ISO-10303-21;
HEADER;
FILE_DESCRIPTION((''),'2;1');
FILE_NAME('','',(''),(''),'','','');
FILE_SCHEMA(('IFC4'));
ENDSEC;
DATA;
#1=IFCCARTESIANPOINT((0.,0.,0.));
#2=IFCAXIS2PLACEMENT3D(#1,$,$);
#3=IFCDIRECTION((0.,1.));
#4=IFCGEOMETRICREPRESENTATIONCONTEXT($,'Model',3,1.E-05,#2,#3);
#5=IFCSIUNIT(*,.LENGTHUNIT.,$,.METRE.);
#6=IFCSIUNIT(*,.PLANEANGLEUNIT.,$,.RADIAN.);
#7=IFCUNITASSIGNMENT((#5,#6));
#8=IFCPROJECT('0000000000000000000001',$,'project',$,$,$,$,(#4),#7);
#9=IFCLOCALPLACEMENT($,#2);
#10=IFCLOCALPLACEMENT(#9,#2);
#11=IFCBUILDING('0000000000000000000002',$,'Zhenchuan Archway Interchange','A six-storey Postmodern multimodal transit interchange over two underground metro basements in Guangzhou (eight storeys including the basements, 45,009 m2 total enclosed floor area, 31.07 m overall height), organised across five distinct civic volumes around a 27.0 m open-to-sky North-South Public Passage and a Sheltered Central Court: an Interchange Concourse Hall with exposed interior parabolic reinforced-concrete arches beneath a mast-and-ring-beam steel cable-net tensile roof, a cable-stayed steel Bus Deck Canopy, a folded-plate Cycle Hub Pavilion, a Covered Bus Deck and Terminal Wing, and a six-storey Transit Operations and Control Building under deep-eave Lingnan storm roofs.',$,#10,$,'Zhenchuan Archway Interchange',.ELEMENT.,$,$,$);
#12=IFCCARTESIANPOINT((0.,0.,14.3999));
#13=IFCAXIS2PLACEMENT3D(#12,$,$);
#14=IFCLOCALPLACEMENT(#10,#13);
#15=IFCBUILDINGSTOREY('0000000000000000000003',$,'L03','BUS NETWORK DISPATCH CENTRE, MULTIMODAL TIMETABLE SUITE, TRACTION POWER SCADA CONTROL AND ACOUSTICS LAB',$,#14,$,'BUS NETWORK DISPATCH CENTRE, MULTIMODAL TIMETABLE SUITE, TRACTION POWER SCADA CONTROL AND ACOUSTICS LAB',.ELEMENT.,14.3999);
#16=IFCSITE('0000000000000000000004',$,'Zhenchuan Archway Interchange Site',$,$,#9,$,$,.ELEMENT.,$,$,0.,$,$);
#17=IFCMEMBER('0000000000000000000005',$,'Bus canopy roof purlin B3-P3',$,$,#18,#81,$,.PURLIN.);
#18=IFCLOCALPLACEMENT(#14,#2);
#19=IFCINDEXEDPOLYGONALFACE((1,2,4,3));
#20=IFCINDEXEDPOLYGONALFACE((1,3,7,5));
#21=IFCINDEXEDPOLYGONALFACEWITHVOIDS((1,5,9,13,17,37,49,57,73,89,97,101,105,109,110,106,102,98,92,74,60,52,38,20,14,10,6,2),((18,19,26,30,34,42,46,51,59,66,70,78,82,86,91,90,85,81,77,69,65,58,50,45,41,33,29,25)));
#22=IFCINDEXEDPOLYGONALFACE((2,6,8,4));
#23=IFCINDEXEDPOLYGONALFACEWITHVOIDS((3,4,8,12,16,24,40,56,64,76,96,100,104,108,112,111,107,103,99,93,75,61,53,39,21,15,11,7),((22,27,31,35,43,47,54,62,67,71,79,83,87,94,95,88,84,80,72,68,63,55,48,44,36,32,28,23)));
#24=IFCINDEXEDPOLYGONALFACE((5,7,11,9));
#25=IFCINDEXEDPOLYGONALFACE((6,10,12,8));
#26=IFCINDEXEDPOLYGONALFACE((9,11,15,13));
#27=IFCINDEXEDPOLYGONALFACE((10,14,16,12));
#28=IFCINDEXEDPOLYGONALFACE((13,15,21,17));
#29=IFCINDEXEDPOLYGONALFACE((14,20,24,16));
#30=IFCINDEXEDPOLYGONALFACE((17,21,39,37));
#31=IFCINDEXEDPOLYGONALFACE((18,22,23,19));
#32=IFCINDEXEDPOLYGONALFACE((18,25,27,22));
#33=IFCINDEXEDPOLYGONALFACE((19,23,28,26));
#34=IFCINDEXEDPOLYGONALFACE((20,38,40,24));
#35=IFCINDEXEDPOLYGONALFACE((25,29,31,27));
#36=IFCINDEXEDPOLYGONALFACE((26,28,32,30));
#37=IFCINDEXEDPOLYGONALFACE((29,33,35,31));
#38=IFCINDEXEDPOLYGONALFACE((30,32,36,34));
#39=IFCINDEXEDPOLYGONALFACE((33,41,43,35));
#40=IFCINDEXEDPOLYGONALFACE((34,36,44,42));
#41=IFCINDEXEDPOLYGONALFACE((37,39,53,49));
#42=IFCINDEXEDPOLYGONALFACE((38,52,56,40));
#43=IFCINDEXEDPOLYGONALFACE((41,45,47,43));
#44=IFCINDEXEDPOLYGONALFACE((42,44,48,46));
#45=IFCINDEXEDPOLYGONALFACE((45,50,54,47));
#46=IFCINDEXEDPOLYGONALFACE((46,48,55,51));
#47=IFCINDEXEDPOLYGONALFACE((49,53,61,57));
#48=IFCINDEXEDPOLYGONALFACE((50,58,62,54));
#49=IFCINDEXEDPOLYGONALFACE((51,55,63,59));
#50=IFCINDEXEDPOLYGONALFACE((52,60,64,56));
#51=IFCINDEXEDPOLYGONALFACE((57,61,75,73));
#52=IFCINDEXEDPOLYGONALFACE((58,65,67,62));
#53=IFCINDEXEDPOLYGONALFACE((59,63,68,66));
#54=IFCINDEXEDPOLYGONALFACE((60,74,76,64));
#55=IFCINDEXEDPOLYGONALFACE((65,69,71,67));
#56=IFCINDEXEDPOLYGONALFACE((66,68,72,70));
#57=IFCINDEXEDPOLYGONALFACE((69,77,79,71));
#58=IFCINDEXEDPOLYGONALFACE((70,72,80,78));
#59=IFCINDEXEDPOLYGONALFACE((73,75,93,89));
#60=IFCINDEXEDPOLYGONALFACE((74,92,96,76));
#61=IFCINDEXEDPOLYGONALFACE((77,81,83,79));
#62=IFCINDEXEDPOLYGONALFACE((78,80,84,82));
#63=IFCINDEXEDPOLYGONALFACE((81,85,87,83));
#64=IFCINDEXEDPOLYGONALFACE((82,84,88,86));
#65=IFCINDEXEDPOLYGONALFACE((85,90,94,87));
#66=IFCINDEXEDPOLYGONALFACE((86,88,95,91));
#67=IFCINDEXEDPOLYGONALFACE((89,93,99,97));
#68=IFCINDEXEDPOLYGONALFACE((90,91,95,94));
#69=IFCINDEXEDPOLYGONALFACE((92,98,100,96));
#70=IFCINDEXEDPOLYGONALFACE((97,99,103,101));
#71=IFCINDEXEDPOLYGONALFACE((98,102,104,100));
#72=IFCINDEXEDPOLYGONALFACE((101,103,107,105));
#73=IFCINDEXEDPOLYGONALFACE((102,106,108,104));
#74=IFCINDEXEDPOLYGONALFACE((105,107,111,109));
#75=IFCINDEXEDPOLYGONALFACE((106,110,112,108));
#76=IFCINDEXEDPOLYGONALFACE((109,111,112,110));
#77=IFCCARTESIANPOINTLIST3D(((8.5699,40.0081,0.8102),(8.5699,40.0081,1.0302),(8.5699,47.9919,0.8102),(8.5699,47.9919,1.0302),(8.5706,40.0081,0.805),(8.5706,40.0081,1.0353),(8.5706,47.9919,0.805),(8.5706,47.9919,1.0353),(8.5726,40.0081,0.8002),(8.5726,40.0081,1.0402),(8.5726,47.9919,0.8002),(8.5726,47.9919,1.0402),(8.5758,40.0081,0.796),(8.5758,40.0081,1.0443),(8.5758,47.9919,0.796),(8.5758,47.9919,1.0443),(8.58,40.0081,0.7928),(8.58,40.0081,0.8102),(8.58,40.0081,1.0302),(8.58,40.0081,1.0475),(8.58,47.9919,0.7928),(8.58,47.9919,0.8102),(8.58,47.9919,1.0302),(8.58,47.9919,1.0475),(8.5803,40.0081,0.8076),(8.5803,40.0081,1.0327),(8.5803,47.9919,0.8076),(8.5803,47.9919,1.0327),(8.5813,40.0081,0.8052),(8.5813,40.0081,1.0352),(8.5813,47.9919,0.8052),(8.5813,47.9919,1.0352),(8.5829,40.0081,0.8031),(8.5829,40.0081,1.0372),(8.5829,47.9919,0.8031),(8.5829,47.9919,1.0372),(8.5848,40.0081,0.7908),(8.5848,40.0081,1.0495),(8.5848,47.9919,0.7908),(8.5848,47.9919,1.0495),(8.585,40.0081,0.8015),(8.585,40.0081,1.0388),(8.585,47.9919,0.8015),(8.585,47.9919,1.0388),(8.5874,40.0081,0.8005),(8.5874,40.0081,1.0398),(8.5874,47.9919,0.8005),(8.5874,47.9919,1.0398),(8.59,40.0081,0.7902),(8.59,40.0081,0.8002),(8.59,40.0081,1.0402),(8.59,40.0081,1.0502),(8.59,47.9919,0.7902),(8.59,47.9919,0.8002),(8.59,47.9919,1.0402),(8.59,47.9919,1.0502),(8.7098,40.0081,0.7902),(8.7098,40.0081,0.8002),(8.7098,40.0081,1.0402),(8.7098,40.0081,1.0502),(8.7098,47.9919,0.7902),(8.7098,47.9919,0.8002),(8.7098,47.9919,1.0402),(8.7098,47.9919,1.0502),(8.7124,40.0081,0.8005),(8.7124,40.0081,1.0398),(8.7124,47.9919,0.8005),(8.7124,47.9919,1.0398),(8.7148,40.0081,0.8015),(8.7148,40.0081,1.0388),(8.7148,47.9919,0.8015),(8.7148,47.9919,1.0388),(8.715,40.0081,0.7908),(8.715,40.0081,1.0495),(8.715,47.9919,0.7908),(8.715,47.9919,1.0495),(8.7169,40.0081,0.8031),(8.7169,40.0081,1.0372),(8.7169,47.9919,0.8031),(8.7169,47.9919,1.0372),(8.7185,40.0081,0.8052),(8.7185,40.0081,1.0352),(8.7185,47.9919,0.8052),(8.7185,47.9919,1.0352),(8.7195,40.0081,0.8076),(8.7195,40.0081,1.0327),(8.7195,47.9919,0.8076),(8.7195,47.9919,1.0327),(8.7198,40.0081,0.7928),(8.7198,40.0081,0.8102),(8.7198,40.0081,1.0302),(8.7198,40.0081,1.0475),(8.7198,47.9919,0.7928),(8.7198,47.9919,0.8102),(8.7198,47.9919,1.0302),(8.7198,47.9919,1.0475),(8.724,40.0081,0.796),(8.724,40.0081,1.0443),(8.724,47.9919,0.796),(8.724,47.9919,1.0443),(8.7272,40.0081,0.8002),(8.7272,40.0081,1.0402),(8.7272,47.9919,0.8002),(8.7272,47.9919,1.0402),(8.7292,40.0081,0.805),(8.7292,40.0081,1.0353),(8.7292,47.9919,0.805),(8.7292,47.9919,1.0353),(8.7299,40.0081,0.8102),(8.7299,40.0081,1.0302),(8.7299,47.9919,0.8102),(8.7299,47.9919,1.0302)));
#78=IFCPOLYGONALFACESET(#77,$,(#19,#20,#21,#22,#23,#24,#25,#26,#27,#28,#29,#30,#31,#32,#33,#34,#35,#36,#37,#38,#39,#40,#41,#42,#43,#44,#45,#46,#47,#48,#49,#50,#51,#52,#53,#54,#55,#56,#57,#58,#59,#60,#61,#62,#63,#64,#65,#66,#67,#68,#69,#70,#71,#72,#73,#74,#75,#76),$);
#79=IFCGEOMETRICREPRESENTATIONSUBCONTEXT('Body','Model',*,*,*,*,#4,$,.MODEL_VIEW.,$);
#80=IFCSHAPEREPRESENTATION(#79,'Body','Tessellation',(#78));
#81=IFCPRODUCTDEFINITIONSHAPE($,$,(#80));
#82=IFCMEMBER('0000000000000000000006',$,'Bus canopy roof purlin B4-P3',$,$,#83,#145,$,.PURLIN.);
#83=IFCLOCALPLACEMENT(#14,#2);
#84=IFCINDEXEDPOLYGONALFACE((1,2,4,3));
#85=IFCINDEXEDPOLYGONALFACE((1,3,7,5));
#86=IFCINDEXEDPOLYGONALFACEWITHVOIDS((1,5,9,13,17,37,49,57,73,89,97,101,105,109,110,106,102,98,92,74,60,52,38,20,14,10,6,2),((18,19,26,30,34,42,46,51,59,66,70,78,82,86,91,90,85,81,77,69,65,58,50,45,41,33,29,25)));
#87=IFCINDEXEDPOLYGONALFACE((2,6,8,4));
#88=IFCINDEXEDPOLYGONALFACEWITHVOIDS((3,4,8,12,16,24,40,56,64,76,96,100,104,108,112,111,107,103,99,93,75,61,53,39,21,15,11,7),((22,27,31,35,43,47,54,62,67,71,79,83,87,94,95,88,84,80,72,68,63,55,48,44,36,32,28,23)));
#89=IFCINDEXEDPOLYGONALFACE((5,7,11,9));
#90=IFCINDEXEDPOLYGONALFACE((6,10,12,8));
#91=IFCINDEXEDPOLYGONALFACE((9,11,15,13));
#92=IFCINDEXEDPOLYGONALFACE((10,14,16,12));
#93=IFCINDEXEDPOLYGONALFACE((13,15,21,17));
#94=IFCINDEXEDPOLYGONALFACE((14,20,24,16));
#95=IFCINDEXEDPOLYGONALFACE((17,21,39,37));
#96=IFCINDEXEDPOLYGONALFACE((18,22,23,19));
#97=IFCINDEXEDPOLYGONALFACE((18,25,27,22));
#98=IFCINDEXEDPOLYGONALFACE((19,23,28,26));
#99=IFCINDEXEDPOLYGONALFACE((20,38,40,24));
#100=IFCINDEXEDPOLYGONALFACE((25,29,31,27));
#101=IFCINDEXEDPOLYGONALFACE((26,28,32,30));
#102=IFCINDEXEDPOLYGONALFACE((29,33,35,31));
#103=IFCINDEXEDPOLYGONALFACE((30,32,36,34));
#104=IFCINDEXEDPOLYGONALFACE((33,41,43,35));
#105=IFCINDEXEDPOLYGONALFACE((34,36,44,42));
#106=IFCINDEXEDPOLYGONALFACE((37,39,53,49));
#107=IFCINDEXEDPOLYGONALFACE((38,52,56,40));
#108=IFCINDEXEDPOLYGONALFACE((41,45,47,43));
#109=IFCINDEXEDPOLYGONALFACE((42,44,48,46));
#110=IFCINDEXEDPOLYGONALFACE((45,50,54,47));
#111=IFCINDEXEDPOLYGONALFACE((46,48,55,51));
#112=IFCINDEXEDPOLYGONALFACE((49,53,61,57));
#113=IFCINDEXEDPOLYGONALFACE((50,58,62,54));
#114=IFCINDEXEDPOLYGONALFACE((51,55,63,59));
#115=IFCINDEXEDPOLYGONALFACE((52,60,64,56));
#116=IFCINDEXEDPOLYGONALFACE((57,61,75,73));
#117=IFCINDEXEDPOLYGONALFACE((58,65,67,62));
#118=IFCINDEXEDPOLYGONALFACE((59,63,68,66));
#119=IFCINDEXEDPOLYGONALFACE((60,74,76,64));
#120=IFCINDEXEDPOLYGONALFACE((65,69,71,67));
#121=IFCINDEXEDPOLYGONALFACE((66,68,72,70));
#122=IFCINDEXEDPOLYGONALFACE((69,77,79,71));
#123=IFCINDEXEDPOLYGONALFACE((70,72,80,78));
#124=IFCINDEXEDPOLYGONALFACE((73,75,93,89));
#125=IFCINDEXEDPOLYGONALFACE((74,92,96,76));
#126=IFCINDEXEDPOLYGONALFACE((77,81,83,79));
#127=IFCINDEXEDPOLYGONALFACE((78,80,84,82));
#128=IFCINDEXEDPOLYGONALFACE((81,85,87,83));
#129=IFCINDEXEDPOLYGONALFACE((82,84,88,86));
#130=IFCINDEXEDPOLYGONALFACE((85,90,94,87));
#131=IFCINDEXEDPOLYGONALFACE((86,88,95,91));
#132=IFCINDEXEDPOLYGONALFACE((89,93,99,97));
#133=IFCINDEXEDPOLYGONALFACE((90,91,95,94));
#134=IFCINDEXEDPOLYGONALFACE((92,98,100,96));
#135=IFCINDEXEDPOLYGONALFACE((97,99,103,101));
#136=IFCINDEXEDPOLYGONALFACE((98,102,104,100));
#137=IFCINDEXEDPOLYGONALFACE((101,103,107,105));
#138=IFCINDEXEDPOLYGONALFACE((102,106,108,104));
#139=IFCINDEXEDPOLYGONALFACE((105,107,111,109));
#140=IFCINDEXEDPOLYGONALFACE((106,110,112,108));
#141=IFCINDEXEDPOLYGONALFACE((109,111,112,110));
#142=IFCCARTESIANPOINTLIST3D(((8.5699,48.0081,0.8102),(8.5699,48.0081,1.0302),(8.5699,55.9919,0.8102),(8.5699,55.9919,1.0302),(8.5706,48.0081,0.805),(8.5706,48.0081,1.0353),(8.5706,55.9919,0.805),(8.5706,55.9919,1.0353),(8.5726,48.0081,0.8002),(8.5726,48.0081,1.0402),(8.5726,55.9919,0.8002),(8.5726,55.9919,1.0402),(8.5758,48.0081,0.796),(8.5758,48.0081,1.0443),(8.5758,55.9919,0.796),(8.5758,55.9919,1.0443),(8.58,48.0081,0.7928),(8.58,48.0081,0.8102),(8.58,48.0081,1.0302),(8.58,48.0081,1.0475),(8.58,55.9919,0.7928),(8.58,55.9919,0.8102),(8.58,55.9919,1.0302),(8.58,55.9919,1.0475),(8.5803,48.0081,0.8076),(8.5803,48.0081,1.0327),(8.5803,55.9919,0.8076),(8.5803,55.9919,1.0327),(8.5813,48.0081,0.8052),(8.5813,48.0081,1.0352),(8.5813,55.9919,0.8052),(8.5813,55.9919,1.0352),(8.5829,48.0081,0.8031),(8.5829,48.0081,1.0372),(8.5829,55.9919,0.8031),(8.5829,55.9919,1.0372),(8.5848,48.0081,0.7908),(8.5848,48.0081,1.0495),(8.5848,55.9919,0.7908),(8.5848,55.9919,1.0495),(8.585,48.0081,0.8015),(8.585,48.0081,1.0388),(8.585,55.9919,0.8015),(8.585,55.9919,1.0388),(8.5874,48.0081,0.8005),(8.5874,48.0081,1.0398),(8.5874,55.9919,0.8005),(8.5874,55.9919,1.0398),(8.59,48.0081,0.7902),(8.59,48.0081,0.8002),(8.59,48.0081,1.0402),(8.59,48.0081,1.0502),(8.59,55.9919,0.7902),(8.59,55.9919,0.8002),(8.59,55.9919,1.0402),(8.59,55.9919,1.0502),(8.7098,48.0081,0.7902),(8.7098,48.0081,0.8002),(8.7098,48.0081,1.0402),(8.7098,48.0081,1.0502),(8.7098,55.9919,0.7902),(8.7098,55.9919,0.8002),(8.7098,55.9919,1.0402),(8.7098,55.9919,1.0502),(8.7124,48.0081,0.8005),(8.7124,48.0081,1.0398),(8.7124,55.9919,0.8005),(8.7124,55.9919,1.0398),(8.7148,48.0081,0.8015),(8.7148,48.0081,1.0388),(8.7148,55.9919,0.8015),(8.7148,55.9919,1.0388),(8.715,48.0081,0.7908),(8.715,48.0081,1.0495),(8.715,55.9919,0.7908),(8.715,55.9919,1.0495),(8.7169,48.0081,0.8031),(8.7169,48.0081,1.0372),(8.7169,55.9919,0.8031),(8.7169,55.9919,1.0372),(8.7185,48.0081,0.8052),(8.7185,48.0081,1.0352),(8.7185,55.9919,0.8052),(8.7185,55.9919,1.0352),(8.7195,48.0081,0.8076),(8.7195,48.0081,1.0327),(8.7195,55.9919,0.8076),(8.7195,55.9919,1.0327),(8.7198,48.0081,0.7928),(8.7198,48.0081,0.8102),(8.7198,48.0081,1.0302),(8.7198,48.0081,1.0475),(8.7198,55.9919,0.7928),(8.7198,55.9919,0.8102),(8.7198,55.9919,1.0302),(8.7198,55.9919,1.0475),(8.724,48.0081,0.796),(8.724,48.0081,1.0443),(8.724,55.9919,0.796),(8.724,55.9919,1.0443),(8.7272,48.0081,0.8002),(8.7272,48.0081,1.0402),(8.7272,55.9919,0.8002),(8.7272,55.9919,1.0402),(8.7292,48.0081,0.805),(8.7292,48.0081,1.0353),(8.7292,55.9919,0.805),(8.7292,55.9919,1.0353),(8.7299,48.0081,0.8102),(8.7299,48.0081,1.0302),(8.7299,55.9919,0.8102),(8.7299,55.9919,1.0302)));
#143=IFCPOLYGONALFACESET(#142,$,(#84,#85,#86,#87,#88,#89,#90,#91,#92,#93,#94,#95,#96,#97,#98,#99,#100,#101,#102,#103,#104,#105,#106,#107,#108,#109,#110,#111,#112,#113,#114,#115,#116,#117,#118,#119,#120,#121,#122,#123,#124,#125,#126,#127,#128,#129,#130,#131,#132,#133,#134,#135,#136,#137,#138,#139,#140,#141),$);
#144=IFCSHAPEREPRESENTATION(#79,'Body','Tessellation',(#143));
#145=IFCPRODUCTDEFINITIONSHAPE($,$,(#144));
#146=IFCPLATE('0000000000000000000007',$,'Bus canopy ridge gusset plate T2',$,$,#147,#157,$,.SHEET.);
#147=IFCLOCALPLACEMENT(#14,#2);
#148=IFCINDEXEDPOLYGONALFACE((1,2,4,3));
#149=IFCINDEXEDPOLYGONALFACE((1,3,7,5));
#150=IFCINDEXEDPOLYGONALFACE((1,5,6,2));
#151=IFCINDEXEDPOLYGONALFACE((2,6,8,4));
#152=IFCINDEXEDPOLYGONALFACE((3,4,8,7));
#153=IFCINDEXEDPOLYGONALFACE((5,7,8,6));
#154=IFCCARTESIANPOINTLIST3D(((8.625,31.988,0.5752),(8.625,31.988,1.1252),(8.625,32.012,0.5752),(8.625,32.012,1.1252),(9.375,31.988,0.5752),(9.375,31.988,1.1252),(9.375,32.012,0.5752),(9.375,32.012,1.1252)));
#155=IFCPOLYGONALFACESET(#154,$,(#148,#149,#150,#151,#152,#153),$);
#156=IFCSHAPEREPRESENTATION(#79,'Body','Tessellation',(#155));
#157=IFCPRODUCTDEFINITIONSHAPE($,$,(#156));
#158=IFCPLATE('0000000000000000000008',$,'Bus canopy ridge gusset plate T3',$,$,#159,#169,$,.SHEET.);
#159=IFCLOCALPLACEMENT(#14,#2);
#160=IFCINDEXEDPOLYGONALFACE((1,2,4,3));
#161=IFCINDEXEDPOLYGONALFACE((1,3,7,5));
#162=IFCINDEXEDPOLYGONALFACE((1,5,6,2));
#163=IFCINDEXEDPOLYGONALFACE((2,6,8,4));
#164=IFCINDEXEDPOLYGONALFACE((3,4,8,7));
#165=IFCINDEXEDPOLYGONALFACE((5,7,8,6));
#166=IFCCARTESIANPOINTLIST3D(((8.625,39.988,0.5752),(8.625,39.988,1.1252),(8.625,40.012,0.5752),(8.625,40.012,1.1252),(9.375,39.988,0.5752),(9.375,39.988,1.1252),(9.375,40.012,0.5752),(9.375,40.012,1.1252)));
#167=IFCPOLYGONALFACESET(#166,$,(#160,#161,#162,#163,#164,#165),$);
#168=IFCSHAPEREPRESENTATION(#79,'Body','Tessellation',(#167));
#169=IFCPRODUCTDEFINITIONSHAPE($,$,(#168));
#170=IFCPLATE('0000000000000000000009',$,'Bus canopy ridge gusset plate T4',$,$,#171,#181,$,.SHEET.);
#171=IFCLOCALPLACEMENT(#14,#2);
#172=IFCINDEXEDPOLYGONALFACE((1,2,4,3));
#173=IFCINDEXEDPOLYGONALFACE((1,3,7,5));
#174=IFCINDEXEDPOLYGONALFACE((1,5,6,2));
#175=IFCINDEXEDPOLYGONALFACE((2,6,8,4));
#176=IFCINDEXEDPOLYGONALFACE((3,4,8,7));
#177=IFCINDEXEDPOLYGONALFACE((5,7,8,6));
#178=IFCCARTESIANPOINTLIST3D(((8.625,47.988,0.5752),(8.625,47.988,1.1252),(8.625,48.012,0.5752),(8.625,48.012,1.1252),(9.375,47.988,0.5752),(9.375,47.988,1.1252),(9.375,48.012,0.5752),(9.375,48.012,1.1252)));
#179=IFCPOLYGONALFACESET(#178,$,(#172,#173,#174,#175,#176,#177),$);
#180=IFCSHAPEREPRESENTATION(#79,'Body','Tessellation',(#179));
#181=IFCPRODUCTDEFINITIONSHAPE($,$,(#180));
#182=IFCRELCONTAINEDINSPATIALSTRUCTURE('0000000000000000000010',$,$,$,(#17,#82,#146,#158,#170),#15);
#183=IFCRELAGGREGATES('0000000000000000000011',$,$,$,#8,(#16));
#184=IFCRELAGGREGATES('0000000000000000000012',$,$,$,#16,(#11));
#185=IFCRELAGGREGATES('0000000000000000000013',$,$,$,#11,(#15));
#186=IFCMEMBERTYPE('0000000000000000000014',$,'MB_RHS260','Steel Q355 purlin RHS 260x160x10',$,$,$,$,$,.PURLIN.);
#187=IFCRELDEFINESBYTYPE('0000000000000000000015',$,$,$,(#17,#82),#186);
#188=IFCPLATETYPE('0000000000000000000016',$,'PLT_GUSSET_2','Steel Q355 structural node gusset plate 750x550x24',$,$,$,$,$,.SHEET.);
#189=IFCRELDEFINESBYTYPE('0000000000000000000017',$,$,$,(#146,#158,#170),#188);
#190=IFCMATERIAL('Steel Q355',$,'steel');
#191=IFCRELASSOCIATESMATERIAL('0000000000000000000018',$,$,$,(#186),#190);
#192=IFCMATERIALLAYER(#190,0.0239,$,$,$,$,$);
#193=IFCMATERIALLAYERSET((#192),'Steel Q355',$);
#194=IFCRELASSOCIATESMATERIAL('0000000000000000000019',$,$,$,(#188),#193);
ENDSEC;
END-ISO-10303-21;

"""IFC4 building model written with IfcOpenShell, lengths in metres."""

from ifc_helpers import new_model, si_unit, direction, frame, origin, origin_2d, place, context, subcontext, project, spatial, rectangle, hollow_rectangle, extrude, material, layer, layer_set, material_profile, profile_set, type_object, element, save


model = new_model("IFC4")

# Units and contexts
model_context = context("Model", 3, precision=1e-05, world=origin(), true_north=direction((0.0, 1.0)))
body_context = subcontext(model_context, "Body", "Model", "MODEL_VIEW")
ifc_project = project(units=[si_unit("LENGTHUNIT", "METRE"), si_unit("PLANEANGLEUNIT", "RADIAN")], contexts=[model_context])

# Site, building, storey
site_placement = place(None, origin())
site = spatial("IfcSite", under=ifc_project, at=site_placement, Name="Zhenchuan Archway Interchange Site", CompositionType="ELEMENT", RefElevation=0.0)
building_placement = place(site_placement, origin())
building = spatial("IfcBuilding", under=site, at=building_placement, Name="Zhenchuan Archway Interchange", Description="A six-storey Postmodern multimodal transit interchange over two underground metro basements in Guangzhou (eight storeys including the basements, 45,009 m2 total enclosed floor area, 31.07 m overall height), organised across five distinct civic volumes around a 27.0 m open-to-sky North-South Public Passage and a Sheltered Central Court: an Interchange Concourse Hall with exposed interior parabolic reinforced-concrete arches beneath a mast-and-ring-beam steel cable-net tensile roof, a cable-stayed steel Bus Deck Canopy, a folded-plate Cycle Hub Pavilion, a Covered Bus Deck and Terminal Wing, and a six-storey Transit Operations and Control Building under deep-eave Lingnan storm roofs.", LongName="Zhenchuan Archway Interchange", CompositionType="ELEMENT")
storey_placement = place(building_placement, frame((0.0, 0.0, 14.3999)))
storey = spatial("IfcBuildingStorey", under=building, at=storey_placement, Name="L03", Description="BUS NETWORK DISPATCH CENTRE, MULTIMODAL TIMETABLE SUITE, TRACTION POWER SCADA CONTROL AND ACOUSTICS LAB", LongName="BUS NETWORK DISPATCH CENTRE, MULTIMODAL TIMETABLE SUITE, TRACTION POWER SCADA CONTROL AND ACOUSTICS LAB", CompositionType="ELEMENT", Elevation=14.3999)

# Shared definitions
ifc_material_1 = material(Name="Steel Q355", Category="steel")

# Members
ifc_material_profile_1 = material_profile(ifc_material_1, hollow_rectangle(XDim=0.1599, YDim=0.26, WallThickness=0.01, InnerFilletRadius=0.01, OuterFilletRadius=0.02, at=origin_2d()), Name="RHS 260x160x10")
ifc_profile_set_1 = profile_set([ifc_material_profile_1], Name="Steel Q355")
member_type_1 = type_object("IfcMemberType", Name="MB_RHS260", Description="Steel Q355 purlin RHS 260x160x10", PredefinedType="PURLIN", material=ifc_profile_set_1)
for number, where, z_axis, x_axis, name in (
    (1, (8.6499, 40.0081, 0.9202), (0.0, 1.0, 0.0), (-1.0, 0.0, 0.0), "Bus canopy roof purlin B3-P3"),
    (2, (8.6499, 48.0081, 0.9202), (0.0, 1.0, 0.0), (-1.0, 0.0, 0.0), "Bus canopy roof purlin B4-P3"),
):
    element("IfcMember", number, at=place(storey_placement, frame(where, z_axis=z_axis, x_axis=x_axis)), inside=storey, type_object=member_type_1, Name=name, PredefinedType="PURLIN", context=body_context, shape_type="SweptSolid", body=[
        extrude(hollow_rectangle(XDim=0.1599, YDim=0.26, WallThickness=0.01, InnerFilletRadius=0.01, OuterFilletRadius=0.02, at=origin_2d()), origin(), (0.0, 0.0, 1.0), 7.9839),
    ])

# Plates
ifc_layer = layer(ifc_material_1, 0.0239)
ifc_layer_set = layer_set([ifc_layer], Name="Steel Q355")
plate_type = type_object("IfcPlateType", Name="PLT_GUSSET_2", Description="Steel Q355 structural node gusset plate 750x550x24", PredefinedType="SHEET", material=ifc_layer_set)
for number, where, z_axis, x_axis, name in (
    (3, (9.0, 32.0, 0.5752), (0.0, 0.0, 1.0), (1.0, 0.0, 0.0), "Bus canopy ridge gusset plate T2"),
    (4, (9.0, 40.0, 0.5752), (0.0, 0.0, 1.0), (1.0, 0.0, 0.0), "Bus canopy ridge gusset plate T3"),
    (5, (9.0, 48.0, 0.5752), (0.0, 0.0, 1.0), (1.0, 0.0, 0.0), "Bus canopy ridge gusset plate T4"),
):
    element("IfcPlate", number, at=place(storey_placement, frame(where, z_axis=z_axis, x_axis=x_axis)), inside=storey, type_object=plate_type, Name=name, PredefinedType="SHEET", context=body_context, shape_type="SweptSolid", body=[
        extrude(rectangle(XDim=0.75, YDim=0.0239, at=origin_2d()), origin(), (0.0, 0.0, 1.0), 0.55),
    ])

save(model, "model.ifc")
